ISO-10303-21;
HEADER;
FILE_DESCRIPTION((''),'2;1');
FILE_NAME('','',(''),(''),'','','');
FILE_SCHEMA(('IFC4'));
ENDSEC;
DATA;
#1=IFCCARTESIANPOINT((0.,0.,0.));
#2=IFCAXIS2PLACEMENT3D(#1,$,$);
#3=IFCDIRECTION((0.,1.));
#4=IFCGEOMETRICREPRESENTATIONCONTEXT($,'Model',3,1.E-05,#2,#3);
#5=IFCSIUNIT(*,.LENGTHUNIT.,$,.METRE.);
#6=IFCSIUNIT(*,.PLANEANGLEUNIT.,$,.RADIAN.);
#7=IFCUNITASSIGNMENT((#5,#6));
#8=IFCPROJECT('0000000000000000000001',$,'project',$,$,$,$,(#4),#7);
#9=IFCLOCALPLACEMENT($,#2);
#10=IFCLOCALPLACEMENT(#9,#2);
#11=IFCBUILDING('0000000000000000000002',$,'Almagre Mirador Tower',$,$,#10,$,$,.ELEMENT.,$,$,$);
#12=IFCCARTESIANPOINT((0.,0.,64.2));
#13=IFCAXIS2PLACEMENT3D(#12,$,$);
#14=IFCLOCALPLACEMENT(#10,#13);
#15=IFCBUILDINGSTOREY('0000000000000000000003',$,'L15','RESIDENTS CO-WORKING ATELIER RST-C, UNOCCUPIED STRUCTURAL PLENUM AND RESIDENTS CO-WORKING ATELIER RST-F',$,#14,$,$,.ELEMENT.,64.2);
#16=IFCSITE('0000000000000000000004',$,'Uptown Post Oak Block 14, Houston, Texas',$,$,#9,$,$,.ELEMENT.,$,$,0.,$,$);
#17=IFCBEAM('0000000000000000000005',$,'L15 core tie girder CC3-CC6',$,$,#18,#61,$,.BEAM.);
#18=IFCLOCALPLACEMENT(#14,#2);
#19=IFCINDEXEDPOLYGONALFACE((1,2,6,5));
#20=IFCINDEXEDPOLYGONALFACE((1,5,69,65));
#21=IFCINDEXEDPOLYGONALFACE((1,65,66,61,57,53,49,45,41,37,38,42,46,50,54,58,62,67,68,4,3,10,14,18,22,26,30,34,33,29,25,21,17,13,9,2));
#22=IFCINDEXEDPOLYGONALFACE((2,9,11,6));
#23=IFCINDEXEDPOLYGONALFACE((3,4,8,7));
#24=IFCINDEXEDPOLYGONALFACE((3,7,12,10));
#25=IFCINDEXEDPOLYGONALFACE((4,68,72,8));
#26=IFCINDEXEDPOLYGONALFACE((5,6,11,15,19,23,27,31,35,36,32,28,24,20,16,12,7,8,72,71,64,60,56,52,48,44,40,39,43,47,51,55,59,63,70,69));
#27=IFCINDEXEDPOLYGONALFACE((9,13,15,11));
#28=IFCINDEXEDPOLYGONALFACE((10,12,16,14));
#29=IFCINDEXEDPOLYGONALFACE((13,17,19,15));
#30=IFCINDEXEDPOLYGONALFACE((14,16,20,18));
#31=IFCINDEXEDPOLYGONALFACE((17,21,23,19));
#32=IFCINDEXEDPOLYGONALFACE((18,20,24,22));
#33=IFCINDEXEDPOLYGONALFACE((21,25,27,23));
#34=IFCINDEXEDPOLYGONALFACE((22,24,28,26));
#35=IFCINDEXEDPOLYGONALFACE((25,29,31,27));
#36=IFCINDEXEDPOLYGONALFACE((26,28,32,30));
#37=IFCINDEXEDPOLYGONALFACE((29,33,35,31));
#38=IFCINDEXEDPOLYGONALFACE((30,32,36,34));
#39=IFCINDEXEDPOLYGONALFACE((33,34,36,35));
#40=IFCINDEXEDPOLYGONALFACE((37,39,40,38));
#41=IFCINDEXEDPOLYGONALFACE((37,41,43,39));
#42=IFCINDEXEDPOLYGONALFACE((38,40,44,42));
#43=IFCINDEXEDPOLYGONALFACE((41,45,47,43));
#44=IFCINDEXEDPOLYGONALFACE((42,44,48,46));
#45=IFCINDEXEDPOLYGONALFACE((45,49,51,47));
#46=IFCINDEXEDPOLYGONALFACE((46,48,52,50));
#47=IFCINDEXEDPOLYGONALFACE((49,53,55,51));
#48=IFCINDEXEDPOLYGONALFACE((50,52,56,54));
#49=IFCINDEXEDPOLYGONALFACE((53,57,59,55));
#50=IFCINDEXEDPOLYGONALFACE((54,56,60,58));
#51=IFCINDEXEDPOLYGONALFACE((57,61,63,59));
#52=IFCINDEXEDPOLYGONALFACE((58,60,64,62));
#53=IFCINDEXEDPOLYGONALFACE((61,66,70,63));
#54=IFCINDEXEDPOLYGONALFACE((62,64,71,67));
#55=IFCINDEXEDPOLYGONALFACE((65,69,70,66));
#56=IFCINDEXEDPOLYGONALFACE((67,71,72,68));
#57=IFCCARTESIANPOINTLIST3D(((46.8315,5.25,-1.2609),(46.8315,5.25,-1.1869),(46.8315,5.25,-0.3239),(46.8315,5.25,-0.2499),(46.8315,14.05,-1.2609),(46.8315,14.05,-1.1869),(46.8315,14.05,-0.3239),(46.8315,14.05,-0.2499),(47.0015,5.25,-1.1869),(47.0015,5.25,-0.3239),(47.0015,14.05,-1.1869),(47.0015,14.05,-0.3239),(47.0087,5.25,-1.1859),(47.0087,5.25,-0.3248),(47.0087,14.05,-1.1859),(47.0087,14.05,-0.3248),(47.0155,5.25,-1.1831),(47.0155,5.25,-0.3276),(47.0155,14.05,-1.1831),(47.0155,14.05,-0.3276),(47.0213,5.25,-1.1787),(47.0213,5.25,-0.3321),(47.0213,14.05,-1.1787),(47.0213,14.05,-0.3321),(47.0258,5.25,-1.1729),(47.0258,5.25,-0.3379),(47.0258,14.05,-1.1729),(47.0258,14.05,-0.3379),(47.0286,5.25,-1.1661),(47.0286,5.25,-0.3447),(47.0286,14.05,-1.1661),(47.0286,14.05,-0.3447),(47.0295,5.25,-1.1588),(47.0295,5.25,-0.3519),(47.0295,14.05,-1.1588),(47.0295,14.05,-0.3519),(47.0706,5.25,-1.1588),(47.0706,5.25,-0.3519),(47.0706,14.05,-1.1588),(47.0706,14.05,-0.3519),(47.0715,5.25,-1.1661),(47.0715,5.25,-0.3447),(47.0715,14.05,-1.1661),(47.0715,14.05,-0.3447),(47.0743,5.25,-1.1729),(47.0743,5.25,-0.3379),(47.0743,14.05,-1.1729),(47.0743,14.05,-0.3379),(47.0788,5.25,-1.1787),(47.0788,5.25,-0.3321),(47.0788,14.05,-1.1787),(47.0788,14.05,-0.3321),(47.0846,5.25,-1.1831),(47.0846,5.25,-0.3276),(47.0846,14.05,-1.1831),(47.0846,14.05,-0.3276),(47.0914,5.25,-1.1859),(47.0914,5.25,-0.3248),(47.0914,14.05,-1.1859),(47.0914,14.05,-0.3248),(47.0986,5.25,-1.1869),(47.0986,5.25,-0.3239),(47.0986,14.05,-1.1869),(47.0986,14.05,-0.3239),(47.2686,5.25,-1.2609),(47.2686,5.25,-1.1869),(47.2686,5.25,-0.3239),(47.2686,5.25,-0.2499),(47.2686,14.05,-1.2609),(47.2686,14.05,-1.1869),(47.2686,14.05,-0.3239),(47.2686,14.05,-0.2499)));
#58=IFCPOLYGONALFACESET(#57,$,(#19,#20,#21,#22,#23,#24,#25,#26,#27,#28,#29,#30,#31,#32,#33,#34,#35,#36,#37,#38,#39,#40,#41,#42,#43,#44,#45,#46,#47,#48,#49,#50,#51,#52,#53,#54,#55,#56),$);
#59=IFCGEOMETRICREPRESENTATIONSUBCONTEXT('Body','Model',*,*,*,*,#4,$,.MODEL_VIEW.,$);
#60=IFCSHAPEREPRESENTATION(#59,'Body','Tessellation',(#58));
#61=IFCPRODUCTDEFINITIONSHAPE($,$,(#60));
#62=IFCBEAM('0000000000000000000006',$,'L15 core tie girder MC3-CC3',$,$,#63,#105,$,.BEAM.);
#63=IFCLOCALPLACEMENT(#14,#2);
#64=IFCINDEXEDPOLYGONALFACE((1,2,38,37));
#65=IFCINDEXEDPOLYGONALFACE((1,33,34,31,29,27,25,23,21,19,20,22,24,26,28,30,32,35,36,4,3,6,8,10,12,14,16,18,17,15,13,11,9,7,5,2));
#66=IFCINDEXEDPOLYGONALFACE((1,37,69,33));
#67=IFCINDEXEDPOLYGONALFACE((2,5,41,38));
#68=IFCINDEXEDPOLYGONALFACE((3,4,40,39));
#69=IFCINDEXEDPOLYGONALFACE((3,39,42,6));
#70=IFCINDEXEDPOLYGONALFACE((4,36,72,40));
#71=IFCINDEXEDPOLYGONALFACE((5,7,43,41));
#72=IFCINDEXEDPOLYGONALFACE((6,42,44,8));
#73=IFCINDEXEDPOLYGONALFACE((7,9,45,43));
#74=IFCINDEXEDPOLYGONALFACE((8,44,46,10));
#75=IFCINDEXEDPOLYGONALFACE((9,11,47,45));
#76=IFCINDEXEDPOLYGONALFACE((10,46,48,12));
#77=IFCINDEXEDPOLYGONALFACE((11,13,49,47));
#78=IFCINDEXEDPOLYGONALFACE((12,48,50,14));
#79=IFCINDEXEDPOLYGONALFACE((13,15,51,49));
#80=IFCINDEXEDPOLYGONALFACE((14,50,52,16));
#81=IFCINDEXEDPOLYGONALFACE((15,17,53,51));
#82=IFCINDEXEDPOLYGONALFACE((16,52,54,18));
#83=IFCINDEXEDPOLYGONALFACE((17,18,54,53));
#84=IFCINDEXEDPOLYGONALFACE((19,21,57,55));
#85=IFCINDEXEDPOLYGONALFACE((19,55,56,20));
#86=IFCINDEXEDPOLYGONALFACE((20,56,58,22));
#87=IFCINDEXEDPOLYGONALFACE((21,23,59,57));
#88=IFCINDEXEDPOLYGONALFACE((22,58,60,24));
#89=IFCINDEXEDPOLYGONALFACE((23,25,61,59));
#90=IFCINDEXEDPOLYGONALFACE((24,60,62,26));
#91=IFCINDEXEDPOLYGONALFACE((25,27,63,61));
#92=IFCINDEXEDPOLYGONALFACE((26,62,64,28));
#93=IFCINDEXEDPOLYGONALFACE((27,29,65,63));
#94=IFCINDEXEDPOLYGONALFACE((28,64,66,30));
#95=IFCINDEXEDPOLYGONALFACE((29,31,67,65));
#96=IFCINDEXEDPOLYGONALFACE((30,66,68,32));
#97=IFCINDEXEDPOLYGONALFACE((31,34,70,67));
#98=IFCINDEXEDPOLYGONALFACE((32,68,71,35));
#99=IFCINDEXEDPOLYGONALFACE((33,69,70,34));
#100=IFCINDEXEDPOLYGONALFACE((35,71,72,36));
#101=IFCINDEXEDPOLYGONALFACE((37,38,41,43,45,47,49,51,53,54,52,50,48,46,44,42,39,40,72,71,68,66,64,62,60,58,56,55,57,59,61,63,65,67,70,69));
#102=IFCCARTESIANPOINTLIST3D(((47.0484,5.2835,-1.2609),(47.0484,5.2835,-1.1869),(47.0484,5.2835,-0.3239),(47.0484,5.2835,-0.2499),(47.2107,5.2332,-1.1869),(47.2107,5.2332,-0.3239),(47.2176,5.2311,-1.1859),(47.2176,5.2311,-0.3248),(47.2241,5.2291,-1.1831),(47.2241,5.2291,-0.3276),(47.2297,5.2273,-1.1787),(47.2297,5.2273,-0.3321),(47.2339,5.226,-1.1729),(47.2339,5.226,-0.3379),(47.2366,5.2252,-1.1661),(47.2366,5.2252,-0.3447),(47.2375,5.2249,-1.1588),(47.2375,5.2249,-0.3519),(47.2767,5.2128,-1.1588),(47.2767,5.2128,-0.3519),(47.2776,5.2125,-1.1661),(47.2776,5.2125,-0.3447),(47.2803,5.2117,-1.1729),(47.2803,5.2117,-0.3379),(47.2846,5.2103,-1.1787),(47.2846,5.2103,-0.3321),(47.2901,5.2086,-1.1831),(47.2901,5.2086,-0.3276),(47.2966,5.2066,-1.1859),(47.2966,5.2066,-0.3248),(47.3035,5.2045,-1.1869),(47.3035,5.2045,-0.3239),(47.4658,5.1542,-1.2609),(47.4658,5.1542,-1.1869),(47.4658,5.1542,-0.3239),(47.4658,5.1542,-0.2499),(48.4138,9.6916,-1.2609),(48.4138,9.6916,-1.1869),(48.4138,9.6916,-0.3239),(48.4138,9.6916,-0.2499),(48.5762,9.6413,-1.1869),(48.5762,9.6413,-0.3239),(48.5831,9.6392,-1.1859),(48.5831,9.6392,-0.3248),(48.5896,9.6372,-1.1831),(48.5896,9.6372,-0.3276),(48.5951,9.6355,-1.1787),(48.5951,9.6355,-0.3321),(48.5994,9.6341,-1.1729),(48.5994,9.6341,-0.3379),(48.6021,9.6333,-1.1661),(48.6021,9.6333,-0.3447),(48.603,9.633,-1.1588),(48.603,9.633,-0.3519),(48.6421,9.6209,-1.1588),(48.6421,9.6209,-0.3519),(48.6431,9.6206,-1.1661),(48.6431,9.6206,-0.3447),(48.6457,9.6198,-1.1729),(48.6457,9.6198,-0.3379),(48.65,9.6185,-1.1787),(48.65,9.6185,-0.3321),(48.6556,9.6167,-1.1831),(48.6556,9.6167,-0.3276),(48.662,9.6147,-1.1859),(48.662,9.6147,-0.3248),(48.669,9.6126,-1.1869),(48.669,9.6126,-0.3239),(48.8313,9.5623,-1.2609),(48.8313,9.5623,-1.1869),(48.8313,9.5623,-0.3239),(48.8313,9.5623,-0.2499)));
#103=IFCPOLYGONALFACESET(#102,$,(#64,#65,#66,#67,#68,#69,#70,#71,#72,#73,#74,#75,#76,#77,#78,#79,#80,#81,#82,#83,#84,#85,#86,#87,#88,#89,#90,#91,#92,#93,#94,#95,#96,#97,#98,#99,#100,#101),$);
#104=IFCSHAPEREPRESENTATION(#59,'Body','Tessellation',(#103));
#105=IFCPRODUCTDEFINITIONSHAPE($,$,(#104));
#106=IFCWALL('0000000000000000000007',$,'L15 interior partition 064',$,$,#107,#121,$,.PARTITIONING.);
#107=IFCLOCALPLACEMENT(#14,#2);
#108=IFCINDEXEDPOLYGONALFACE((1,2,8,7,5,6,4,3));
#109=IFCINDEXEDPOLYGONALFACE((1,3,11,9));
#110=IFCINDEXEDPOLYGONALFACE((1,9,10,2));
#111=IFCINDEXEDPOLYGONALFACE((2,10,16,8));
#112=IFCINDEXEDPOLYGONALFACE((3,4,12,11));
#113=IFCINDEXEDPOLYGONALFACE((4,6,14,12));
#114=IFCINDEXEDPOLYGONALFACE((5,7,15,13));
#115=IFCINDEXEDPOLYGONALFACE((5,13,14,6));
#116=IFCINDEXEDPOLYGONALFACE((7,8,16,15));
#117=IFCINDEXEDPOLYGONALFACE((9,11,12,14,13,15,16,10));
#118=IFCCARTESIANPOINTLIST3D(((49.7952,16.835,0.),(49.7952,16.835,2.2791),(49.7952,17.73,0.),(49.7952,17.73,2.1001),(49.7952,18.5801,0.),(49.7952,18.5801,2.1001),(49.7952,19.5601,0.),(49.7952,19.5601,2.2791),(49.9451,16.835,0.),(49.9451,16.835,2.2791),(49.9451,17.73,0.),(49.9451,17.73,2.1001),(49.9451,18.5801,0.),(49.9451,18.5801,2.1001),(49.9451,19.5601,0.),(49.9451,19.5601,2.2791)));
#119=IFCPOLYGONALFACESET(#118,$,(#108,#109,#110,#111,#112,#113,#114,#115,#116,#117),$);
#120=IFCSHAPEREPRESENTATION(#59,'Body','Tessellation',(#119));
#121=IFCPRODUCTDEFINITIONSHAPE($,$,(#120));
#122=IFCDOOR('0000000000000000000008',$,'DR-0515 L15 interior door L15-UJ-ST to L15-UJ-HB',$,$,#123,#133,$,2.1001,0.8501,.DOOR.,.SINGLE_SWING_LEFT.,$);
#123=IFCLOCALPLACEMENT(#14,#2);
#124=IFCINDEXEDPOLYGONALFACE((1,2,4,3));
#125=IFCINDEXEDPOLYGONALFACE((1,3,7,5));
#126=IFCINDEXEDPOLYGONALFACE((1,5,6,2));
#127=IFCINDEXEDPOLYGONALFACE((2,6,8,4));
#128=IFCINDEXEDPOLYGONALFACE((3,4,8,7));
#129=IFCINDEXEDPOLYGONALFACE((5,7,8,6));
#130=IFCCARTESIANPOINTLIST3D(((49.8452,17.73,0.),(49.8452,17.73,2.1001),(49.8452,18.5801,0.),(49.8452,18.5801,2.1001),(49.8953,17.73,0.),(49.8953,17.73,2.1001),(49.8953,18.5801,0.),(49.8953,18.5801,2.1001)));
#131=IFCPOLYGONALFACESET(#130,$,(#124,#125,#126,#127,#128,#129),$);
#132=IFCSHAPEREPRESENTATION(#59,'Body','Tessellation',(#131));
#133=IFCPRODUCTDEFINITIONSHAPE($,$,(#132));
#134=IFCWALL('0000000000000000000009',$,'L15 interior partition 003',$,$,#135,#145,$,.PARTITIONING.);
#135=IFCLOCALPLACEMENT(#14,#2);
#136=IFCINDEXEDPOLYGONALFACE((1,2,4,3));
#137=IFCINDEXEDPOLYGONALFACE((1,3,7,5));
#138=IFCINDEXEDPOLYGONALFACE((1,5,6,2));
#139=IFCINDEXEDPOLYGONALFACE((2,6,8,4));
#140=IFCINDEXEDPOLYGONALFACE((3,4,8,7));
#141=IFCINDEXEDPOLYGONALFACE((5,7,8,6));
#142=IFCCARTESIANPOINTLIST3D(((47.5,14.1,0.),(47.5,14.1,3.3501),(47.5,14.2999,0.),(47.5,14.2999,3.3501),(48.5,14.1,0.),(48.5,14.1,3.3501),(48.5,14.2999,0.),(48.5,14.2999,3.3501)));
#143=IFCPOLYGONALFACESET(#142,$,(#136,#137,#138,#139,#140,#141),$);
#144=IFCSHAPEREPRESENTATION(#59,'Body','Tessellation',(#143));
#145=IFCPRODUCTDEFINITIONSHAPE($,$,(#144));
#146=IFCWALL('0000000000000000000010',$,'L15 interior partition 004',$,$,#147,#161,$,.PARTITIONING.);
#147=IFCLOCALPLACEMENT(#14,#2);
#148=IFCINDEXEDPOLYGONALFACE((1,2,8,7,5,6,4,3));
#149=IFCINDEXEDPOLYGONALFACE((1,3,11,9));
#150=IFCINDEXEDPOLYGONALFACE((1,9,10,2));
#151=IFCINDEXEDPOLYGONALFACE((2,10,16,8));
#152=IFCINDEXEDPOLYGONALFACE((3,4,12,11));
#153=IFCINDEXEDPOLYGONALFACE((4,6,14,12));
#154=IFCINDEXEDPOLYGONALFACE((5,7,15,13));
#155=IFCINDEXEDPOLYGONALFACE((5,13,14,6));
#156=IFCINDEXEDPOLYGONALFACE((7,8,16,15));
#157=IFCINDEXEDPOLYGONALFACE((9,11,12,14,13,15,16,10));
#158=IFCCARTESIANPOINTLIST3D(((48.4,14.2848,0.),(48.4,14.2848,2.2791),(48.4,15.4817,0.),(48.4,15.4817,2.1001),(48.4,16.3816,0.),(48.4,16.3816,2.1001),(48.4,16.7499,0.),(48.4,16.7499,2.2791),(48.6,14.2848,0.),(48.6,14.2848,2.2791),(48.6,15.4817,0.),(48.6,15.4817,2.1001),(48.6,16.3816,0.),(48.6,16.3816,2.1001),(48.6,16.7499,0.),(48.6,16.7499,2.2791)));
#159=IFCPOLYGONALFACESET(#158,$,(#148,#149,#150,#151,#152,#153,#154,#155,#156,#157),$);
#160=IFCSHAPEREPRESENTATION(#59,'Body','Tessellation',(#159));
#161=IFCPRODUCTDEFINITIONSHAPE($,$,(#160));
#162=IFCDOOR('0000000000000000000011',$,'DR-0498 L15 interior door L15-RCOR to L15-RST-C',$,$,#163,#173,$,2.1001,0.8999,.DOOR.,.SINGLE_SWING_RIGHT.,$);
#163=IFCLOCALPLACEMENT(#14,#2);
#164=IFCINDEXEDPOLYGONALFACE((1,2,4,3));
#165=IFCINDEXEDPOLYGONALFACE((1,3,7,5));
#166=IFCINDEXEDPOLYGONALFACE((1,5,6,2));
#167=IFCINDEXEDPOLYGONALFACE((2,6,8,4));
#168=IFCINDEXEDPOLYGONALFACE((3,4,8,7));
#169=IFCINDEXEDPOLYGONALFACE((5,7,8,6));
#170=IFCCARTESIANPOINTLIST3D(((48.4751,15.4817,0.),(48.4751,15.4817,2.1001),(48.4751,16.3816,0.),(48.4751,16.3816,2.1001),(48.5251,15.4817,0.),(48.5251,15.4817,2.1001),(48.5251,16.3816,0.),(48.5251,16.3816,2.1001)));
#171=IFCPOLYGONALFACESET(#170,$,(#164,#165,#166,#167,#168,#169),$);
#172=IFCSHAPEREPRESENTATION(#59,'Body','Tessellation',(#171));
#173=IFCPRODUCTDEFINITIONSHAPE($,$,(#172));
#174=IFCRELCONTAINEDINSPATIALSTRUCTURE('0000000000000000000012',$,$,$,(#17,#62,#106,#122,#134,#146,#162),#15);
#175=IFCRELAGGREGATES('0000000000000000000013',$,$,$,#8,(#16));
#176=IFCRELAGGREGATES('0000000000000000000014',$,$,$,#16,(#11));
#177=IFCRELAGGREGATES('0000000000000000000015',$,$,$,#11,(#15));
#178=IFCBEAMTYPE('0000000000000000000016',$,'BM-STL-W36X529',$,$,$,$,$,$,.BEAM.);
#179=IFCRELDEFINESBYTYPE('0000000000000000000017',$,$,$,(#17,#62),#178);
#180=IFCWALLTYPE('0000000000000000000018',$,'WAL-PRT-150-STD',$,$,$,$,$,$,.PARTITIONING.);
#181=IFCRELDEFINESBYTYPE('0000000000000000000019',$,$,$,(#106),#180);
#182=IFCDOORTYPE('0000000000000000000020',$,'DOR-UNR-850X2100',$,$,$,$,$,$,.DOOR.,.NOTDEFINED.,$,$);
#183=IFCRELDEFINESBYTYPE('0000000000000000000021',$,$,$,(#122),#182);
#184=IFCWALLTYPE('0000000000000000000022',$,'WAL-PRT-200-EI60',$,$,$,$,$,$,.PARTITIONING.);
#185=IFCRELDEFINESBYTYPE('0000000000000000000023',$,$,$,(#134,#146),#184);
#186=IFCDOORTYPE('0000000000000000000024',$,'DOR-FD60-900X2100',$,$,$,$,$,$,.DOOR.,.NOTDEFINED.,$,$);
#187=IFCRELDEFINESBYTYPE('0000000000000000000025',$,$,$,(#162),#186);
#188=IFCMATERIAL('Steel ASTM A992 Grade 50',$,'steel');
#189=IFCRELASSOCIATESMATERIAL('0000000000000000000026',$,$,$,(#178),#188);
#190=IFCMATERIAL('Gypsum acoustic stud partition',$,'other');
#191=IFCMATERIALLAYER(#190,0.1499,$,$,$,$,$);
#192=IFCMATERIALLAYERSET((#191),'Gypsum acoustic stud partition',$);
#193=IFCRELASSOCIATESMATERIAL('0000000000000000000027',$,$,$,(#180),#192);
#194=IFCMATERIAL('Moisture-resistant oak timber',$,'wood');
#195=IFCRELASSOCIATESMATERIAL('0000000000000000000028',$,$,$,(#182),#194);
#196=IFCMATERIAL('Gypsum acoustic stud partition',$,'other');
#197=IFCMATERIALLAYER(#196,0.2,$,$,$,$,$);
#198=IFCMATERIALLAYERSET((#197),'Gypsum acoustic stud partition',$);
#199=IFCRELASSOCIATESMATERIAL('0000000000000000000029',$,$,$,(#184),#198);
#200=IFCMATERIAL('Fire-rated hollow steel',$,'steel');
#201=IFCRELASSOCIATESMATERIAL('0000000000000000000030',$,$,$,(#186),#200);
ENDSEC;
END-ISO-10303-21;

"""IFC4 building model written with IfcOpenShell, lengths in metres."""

from ifc_helpers import new_model, si_unit, direction, frame, frame_2d, origin, origin_2d, place, context, subcontext, project, spatial, rectangle, i_section, extrude, material, layer, layer_set, material_profile, profile_set, type_object, element, fill, save


model = new_model("IFC4")

# Units and contexts
model_context = context("Model", 3, precision=1e-05, world=origin(), true_north=direction((0.0, 1.0)))
body_context = subcontext(model_context, "Body", "Model", "MODEL_VIEW")
ifc_project = project(units=[si_unit("LENGTHUNIT", "METRE"), si_unit("PLANEANGLEUNIT", "RADIAN")], contexts=[model_context])

# Site, building, storey
site_placement = place(None, origin())
site = spatial("IfcSite", under=ifc_project, at=site_placement, Name="Uptown Post Oak Block 14, Houston, Texas", CompositionType="ELEMENT", RefElevation=0.0)
building_placement = place(site_placement, origin())
building = spatial("IfcBuilding", under=site, at=building_placement, Name="Almagre Mirador Tower", CompositionType="ELEMENT")
storey_placement = place(building_placement, frame((0.0, 0.0, 64.2)))
storey = spatial("IfcBuildingStorey", under=building, at=storey_placement, Name="L15", Description="RESIDENTS CO-WORKING ATELIER RST-C, UNOCCUPIED STRUCTURAL PLENUM AND RESIDENTS CO-WORKING ATELIER RST-F", CompositionType="ELEMENT", Elevation=64.2)

# Beams
ifc_material_1 = material(Name="Steel ASTM A992 Grade 50", Category="steel")
ifc_material_profile_1 = material_profile(ifc_material_1, i_section(OverallWidth=0.437, OverallDepth=1.011, WebThickness=0.041, FlangeThickness=0.074, FilletRadius=0.0281, at=origin_2d()), Name="W36X529")
ifc_profile_set_1 = profile_set([ifc_material_profile_1], Name="Steel ASTM A992 Grade 50")
beam_type_1 = type_object("IfcBeamType", Name="BM-STL-W36X529", PredefinedType="BEAM", material=ifc_profile_set_1)
beam_1_placement = place(storey_placement, frame((47.05, 5.25, -0.7554), z_axis=(0.0, 1.0, 0.0), x_axis=(-1.0, 0.0, 0.0)))
element("IfcBeam", 1, at=beam_1_placement, inside=storey, type_object=beam_type_1, Name="L15 core tie girder CC3-CC6", PredefinedType="BEAM", context=body_context, shape_type="SweptSolid", body=[
    extrude(i_section(OverallWidth=0.437, OverallDepth=1.011, WebThickness=0.041, FlangeThickness=0.074, FilletRadius=0.0281, at=origin_2d()), origin(), (0.0, 0.0, 1.0), 8.8),
])
beam_2_placement = place(storey_placement, frame((48.6226, 9.627, -0.7554), z_axis=(-0.295888, -0.955223, 0.0), x_axis=(0.955223, -0.295888, 0.0)))
element("IfcBeam", 2, at=beam_2_placement, inside=storey, type_object=beam_type_1, Name="L15 core tie girder MC3-CC3", PredefinedType="BEAM", context=body_context, shape_type="SweptSolid", body=[
    extrude(i_section(OverallWidth=0.437, OverallDepth=1.011, WebThickness=0.041, FlangeThickness=0.074, FilletRadius=0.0281, at=origin_2d()), origin(), (0.0, 0.0, 1.0), 4.6147),
])

# Wall, opening, door
ifc_material_2 = material(Name="Gypsum acoustic stud partition", Category="other")
ifc_layer_1 = layer(ifc_material_2, 0.1499)
ifc_layer_set_1 = layer_set([ifc_layer_1], Name="Gypsum acoustic stud partition")
wall_type_1 = type_object("IfcWallType", Name="WAL-PRT-150-STD", PredefinedType="PARTITIONING", material=ifc_layer_set_1)
wall_1_placement = place(storey_placement, frame((49.8701, 16.835, 0.0), z_axis=(0.0, 0.0, 1.0), x_axis=(0.0, 1.0, 0.0)))
wall_1 = element("IfcWall", 3, at=wall_1_placement, inside=storey, type_object=wall_type_1, Name="L15 interior partition 064", PredefinedType="PARTITIONING", context=body_context, shape_type="SweptSolid", body=[
    extrude(rectangle(XDim=2.7251, YDim=0.1499, at=frame_2d((1.3625, 0.0))), origin(), (0.0, 0.0, 1.0), 2.2791),
])
opening_1_placement = place(wall_1_placement, frame((0.895, 0.0, 0.0)))
opening_1 = element("IfcOpeningElement", 4, at=opening_1_placement, cuts=wall_1, PredefinedType="OPENING", context=body_context, shape_type="SweptSolid", body=[
    extrude(rectangle(XDim=0.8501, YDim=2.1001, at=frame_2d((0.425, 1.05))), frame((0.0, 0.085, 0.0), z_axis=(0.0, -1.0, 0.0), x_axis=(1.0, 0.0, 0.0)), (0.0, 0.0, 1.0), 0.1699),
])
ifc_material_3 = material(Name="Moisture-resistant oak timber", Category="wood")
door_type_1 = type_object("IfcDoorType", Name="DOR-UNR-850X2100", OperationType="NOTDEFINED", PredefinedType="DOOR", material=ifc_material_3)
door_1_placement = place(opening_1_placement, origin())
door_1 = element("IfcDoor", 5, at=door_1_placement, inside=storey, type_object=door_type_1, Name="DR-0515 L15 interior door L15-UJ-ST to L15-UJ-HB", OperationType="SINGLE_SWING_LEFT", OverallHeight=2.1001, OverallWidth=0.8501, PredefinedType="DOOR", context=body_context, shape_type="SweptSolid", body=[
    extrude(rectangle(XDim=0.8501, YDim=2.1001, at=frame_2d((0.425, 1.05))), frame((0.0, 0.0249, 0.0), z_axis=(0.0, -1.0, 0.0), x_axis=(1.0, 0.0, 0.0)), (0.0, 0.0, 1.0), 0.05),
])
fill(opening_1, door_1)

# Wall
ifc_material_4 = material(Name="Gypsum acoustic stud partition", Category="other")
ifc_layer_2 = layer(ifc_material_4, 0.2)
ifc_layer_set_2 = layer_set([ifc_layer_2], Name="Gypsum acoustic stud partition")
wall_type_2 = type_object("IfcWallType", Name="WAL-PRT-200-EI60", PredefinedType="PARTITIONING", material=ifc_layer_set_2)
wall_2_placement = place(storey_placement, frame((47.5, 14.2, 0.0), z_axis=(0.0, 0.0, 1.0), x_axis=(1.0, 0.0, 0.0)))
element("IfcWall", 6, at=wall_2_placement, inside=storey, type_object=wall_type_2, Name="L15 interior partition 003", PredefinedType="PARTITIONING", context=body_context, shape_type="SweptSolid", body=[
    extrude(rectangle(XDim=1.0, YDim=0.2, at=frame_2d((0.5, 0.0))), origin(), (0.0, 0.0, 1.0), 3.3501),
])

# Wall, opening, door
wall_3_placement = place(storey_placement, frame((48.5, 14.2849, 0.0), z_axis=(0.0, 0.0, 1.0), x_axis=(0.0, 1.0, 0.0)))
wall_3 = element("IfcWall", 7, at=wall_3_placement, inside=storey, type_object=wall_type_2, Name="L15 interior partition 004", PredefinedType="PARTITIONING", context=body_context, shape_type="SweptSolid", body=[
    extrude(rectangle(XDim=2.4651, YDim=0.2, at=frame_2d((1.2324, 0.0))), origin(), (0.0, 0.0, 1.0), 2.2791),
])
opening_2_placement = place(wall_3_placement, frame((1.1968, 0.0, 0.0)))
opening_2 = element("IfcOpeningElement", 8, at=opening_2_placement, cuts=wall_3, PredefinedType="OPENING", context=body_context, shape_type="SweptSolid", body=[
    extrude(rectangle(XDim=0.8999, YDim=2.1001, at=frame_2d((0.45, 1.05))), frame((0.0, 0.1101, 0.0), z_axis=(0.0, -1.0, 0.0), x_axis=(1.0, 0.0, 0.0)), (0.0, 0.0, 1.0), 0.22),
])
ifc_material_5 = material(Name="Fire-rated hollow steel", Category="steel")
door_type_2 = type_object("IfcDoorType", Name="DOR-FD60-900X2100", OperationType="NOTDEFINED", PredefinedType="DOOR", material=ifc_material_5)
door_2_placement = place(opening_2_placement, origin())
door_2 = element("IfcDoor", 9, at=door_2_placement, inside=storey, type_object=door_type_2, Name="DR-0498 L15 interior door L15-RCOR to L15-RST-C", OperationType="SINGLE_SWING_RIGHT", OverallHeight=2.1001, OverallWidth=0.8999, PredefinedType="DOOR", context=body_context, shape_type="SweptSolid", body=[
    extrude(rectangle(XDim=0.8999, YDim=2.1001, at=frame_2d((0.45, 1.05))), frame((0.0, 0.0249, 0.0), z_axis=(0.0, -1.0, 0.0), x_axis=(1.0, 0.0, 0.0)), (0.0, 0.0, 1.0), 0.05),
])
fill(opening_2, door_2)

save(model, "model.ifc")
